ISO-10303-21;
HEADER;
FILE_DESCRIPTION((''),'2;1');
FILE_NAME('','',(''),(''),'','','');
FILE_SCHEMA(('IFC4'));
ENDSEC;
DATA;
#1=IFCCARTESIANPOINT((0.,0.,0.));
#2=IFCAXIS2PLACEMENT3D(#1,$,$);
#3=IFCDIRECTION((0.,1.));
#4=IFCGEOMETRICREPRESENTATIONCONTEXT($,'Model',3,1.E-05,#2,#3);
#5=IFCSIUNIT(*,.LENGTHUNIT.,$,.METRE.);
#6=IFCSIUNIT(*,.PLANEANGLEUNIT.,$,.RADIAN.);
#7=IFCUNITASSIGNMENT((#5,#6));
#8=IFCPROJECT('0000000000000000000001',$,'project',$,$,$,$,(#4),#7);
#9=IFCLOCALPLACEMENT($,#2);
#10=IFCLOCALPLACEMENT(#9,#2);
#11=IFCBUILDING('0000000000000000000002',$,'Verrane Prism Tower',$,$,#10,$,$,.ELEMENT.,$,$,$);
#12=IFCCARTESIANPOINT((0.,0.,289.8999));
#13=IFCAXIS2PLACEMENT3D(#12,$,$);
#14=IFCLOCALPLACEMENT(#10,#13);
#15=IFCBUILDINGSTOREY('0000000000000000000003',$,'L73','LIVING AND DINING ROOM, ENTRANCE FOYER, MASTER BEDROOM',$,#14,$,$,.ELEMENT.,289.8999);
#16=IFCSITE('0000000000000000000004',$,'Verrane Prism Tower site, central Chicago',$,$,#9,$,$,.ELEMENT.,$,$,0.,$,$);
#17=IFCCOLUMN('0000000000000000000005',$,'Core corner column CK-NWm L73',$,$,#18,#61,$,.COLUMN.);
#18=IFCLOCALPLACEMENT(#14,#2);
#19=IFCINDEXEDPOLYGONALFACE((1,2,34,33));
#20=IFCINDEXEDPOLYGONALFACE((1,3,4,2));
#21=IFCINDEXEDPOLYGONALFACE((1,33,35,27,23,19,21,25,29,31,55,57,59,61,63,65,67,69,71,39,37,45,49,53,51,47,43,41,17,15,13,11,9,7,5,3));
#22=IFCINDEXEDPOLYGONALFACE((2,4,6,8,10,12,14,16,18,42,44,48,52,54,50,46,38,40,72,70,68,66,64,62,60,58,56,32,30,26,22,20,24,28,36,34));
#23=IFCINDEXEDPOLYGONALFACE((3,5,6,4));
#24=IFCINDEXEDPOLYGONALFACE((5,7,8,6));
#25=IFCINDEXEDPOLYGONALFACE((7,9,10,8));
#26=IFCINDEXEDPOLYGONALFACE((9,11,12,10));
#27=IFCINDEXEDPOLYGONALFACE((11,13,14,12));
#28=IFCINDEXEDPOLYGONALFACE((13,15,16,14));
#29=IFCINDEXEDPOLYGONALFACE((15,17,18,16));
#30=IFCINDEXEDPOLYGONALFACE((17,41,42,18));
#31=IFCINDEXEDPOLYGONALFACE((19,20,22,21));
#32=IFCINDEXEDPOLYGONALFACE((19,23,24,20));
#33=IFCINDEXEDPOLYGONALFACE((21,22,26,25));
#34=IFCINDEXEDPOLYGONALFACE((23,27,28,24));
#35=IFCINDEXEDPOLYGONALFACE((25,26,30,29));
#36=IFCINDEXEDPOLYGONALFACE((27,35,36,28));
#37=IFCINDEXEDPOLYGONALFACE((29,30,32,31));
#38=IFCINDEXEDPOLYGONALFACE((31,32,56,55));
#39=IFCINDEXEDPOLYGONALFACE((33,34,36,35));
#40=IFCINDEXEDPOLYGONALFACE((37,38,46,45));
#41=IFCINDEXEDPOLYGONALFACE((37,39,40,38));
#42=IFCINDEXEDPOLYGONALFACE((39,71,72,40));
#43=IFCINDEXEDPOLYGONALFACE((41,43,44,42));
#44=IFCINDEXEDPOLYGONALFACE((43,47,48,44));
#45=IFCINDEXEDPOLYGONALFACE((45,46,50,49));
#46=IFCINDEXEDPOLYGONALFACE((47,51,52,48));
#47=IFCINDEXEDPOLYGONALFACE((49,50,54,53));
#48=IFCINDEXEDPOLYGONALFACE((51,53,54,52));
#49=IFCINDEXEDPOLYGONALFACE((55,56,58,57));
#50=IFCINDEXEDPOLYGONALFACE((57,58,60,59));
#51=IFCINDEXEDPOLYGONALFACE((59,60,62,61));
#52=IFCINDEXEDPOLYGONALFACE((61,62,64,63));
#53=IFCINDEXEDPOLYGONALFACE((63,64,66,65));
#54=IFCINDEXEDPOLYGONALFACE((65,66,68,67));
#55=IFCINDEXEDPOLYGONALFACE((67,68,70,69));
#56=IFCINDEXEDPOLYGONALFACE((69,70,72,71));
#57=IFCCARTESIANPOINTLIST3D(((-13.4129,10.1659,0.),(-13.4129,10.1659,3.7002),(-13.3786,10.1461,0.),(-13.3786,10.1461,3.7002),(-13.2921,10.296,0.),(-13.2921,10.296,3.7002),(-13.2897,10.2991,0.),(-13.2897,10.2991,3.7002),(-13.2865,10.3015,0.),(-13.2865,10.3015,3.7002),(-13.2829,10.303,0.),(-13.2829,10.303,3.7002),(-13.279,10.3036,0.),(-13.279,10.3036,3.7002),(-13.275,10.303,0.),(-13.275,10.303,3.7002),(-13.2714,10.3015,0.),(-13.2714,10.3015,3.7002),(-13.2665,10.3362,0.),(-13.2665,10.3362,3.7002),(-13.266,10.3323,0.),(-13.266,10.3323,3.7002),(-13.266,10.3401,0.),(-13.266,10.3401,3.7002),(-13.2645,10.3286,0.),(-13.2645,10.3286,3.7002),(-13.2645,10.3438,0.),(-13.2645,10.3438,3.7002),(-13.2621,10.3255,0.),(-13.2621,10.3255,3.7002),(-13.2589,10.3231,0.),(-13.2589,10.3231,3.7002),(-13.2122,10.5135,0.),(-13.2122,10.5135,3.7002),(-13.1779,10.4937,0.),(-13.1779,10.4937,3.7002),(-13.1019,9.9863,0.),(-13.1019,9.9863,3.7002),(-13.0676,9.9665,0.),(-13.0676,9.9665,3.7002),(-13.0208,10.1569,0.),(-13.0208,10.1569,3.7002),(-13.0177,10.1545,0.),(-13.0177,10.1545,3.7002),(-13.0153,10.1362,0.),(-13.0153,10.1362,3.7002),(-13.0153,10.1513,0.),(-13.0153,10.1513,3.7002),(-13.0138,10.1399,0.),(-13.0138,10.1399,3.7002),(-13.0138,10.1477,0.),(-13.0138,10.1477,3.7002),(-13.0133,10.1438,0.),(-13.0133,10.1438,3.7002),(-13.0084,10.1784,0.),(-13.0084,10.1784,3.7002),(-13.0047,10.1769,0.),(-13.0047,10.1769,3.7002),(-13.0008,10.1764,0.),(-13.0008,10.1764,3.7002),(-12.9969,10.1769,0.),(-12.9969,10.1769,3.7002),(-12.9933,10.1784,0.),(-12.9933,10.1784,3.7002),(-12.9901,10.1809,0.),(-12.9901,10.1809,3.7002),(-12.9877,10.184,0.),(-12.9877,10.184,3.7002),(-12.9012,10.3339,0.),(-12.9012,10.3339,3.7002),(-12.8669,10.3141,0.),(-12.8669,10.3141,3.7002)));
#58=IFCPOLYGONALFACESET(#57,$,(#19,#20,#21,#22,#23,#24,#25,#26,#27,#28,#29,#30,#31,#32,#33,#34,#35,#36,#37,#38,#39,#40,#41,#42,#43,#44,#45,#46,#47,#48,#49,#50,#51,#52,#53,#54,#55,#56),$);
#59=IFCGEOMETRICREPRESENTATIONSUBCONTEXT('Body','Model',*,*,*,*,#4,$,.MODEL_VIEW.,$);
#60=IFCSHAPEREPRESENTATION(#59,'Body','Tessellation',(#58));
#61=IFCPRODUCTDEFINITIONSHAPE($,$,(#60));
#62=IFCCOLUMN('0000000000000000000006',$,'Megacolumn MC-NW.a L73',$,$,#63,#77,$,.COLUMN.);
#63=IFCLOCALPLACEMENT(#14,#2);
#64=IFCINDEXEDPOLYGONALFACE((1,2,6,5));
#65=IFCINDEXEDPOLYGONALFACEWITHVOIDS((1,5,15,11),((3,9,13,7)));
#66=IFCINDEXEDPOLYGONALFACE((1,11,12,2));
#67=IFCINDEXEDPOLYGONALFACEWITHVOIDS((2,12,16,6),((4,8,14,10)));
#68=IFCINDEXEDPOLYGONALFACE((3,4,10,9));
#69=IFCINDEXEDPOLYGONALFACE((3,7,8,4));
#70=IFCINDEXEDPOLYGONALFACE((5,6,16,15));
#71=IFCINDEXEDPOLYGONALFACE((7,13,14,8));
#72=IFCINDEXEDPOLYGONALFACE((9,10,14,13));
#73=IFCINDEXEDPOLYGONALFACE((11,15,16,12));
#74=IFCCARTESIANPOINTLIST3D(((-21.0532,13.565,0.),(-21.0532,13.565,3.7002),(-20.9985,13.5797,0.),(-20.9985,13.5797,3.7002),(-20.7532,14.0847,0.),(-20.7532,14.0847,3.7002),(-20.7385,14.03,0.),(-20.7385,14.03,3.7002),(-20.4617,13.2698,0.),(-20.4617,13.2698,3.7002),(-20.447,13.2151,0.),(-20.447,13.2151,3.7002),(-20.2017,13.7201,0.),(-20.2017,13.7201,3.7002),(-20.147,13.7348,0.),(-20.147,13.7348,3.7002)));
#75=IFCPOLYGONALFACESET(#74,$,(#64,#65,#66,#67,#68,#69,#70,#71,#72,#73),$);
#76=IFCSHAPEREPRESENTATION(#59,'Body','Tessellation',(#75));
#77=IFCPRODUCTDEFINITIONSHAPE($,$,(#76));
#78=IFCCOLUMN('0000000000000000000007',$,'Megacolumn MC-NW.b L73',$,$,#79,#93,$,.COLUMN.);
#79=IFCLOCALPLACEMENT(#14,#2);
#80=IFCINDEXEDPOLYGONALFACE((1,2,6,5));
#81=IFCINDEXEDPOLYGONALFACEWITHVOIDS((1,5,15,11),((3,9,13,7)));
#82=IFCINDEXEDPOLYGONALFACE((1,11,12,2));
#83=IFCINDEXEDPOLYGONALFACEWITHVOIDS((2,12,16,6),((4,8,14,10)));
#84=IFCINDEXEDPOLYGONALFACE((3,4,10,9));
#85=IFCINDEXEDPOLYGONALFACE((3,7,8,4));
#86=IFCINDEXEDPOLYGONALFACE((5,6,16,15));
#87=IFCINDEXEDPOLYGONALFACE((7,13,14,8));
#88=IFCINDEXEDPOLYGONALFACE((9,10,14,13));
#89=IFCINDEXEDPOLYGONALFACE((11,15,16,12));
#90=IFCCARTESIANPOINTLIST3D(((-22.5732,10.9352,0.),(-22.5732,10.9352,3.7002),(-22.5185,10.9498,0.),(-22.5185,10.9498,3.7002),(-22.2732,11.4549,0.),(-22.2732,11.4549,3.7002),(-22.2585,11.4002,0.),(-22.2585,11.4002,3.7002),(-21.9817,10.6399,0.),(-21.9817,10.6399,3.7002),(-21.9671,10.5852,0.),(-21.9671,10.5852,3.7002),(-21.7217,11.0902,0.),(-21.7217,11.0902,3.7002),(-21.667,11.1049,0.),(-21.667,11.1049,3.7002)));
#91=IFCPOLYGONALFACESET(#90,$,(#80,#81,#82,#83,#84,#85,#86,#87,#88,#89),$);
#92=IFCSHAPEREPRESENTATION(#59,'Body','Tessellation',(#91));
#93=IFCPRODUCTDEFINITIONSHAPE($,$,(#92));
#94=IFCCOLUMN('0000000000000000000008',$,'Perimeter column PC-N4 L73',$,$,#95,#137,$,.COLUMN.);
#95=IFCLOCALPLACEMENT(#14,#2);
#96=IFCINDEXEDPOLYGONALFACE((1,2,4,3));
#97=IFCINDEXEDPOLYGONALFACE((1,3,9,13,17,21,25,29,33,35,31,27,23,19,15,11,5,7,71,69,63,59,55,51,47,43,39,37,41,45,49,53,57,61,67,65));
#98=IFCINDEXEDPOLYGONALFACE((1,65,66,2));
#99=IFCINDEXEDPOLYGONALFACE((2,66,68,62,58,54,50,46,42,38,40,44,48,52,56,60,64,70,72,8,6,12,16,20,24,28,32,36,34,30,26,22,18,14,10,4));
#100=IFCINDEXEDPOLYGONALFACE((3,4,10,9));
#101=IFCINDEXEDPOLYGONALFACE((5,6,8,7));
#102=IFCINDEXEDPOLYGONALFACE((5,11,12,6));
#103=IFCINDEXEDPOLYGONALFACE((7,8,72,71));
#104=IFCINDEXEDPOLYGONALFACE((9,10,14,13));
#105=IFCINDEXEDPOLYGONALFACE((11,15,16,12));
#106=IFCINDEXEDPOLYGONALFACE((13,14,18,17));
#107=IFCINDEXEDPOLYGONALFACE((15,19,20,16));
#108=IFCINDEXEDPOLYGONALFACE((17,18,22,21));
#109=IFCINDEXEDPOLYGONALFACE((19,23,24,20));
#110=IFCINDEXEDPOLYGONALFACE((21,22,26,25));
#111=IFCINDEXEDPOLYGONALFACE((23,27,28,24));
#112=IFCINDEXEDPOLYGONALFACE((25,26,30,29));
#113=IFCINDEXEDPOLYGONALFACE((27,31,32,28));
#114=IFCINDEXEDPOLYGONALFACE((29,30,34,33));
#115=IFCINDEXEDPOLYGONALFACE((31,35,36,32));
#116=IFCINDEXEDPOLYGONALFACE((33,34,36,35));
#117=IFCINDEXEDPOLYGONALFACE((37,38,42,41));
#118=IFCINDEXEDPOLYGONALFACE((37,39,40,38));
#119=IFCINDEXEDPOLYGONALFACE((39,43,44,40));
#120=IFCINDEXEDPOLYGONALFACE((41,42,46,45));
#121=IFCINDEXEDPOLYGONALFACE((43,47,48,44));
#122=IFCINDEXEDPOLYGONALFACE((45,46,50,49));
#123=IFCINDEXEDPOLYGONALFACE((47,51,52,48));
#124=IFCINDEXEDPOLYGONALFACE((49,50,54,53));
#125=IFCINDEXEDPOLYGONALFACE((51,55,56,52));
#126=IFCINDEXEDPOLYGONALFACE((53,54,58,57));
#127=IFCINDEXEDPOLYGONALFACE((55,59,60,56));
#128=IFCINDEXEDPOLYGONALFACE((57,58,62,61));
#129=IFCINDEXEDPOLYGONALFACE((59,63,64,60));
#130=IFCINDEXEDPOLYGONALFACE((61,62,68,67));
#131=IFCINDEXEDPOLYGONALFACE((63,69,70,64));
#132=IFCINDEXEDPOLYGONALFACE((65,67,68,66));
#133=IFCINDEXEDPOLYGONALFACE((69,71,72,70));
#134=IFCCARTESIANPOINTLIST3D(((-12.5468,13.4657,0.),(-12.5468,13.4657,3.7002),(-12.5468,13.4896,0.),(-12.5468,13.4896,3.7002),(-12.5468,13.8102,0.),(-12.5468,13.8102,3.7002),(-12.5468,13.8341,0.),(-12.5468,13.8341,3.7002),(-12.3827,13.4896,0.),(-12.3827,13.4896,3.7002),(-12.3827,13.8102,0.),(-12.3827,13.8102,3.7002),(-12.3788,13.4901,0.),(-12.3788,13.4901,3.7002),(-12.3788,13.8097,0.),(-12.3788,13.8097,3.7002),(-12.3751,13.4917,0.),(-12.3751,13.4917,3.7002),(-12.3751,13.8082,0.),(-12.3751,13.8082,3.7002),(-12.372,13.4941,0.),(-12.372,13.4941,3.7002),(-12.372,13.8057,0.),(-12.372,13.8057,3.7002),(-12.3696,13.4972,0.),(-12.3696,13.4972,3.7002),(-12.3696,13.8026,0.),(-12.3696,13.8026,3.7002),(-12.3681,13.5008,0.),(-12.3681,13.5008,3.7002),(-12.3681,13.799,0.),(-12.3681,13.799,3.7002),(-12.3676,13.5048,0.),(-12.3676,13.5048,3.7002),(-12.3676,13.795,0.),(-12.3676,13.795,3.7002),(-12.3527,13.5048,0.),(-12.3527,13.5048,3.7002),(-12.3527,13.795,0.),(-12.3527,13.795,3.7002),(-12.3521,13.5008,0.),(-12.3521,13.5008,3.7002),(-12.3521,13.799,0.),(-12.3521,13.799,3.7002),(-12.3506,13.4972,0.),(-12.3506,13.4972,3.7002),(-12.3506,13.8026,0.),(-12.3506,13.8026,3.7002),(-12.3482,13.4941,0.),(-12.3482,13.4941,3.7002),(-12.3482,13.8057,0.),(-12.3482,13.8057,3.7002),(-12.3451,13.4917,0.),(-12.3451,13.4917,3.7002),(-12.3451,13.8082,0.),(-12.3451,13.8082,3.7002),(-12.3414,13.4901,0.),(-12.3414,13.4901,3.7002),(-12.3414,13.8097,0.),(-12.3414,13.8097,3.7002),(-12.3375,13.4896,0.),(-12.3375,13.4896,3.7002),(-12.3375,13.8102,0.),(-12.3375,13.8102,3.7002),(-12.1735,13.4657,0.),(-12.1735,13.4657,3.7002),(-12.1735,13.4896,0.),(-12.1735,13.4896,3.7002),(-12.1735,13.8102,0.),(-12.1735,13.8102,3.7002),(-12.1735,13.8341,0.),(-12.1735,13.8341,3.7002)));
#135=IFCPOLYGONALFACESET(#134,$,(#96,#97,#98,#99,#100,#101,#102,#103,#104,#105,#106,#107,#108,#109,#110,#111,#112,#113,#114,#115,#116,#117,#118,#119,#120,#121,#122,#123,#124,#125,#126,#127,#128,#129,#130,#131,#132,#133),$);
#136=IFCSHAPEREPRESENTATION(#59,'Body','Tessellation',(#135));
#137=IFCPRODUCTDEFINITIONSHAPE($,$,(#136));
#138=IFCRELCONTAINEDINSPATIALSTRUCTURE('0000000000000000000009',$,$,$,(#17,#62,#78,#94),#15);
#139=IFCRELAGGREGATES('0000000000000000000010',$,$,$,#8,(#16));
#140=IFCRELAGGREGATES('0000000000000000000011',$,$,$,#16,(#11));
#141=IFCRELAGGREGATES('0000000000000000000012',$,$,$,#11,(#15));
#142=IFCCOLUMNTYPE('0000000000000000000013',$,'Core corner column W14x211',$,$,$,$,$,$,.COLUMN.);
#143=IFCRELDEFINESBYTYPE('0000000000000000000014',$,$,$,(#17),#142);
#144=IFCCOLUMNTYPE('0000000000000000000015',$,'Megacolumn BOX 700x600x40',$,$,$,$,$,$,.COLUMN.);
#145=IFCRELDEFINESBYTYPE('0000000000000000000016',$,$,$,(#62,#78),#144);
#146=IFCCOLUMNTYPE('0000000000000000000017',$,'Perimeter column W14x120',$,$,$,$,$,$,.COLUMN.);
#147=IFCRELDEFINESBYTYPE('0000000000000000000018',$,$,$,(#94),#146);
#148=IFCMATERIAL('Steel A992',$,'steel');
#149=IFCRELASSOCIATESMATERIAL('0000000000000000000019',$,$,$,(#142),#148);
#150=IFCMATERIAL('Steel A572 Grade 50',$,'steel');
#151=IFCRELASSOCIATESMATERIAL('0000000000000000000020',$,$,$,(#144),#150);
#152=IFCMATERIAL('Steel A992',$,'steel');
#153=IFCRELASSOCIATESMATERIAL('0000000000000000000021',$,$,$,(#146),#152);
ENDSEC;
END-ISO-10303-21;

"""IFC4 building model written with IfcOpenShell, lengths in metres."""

from ifc_helpers import new_model, si_unit, direction, frame, origin, origin_2d, place, context, subcontext, project, spatial, hollow_rectangle, i_section, extrude, material, material_profile, profile_set, type_object, element, save


model = new_model("IFC4")

# Units and contexts
model_context = context("Model", 3, precision=1e-05, world=origin(), true_north=direction((0.0, 1.0)))
body_context = subcontext(model_context, "Body", "Model", "MODEL_VIEW")
ifc_project = project(units=[si_unit("LENGTHUNIT", "METRE"), si_unit("PLANEANGLEUNIT", "RADIAN")], contexts=[model_context])

# Site, building, storey
site_placement = place(None, origin())
site = spatial("IfcSite", under=ifc_project, at=site_placement, Name="Verrane Prism Tower site, central Chicago", CompositionType="ELEMENT", RefElevation=0.0)
building_placement = place(site_placement, origin())
building = spatial("IfcBuilding", under=site, at=building_placement, Name="Verrane Prism Tower", CompositionType="ELEMENT")
storey_placement = place(building_placement, frame((0.0, 0.0, 289.8999)))
storey = spatial("IfcBuildingStorey", under=building, at=storey_placement, Name="L73", Description="LIVING AND DINING ROOM, ENTRANCE FOYER, MASTER BEDROOM", CompositionType="ELEMENT", Elevation=289.8999)

# Columns
ifc_material_1 = material(Name="Steel A992", Category="steel")
ifc_material_profile_1 = material_profile(ifc_material_1, i_section(OverallWidth=0.4014, OverallDepth=0.3987, WebThickness=0.0249, FlangeThickness=0.0396, FilletRadius=0.0151, at=origin_2d()), Name="W14x211")
ifc_profile_set_1 = profile_set([ifc_material_profile_1], Name="Steel A992")
column_type_1 = type_object("IfcColumnType", Name="Core corner column W14x211", PredefinedType="COLUMN", material=ifc_profile_set_1)
column_1_placement = place(storey_placement, frame((-13.1399, 10.24, 0.0), z_axis=(0.0, 0.0, 1.0), x_axis=(0.5, 0.866025, 0.0)))
element("IfcColumn", 1, at=column_1_placement, inside=storey, type_object=column_type_1, Name="Core corner column CK-NWm L73", PredefinedType="COLUMN", context=body_context, shape_type="SweptSolid", body=[
    extrude(i_section(OverallWidth=0.4014, OverallDepth=0.3987, WebThickness=0.0249, FlangeThickness=0.0396, FilletRadius=0.0151, at=origin_2d()), origin(), (0.0, 0.0, 1.0), 3.7002),
])
ifc_material_2 = material(Name="Steel A572 Grade 50", Category="steel")
ifc_material_profile_2 = material_profile(ifc_material_2, hollow_rectangle(XDim=0.6001, YDim=0.7, WallThickness=0.04, at=origin_2d()), Name="BOX 700x600x40")
ifc_profile_set_2 = profile_set([ifc_material_profile_2], Name="Steel A572 Grade 50")
column_type_2 = type_object("IfcColumnType", Name="Megacolumn BOX 700x600x40", PredefinedType="COLUMN", material=ifc_profile_set_2)
for number, where, z_axis, x_axis, name in (
    (2, (-20.6001, 13.6499, 0.0), (0.0, 0.0, 1.0), (0.5, 0.866025, 0.0), "Megacolumn MC-NW.a L73"),
    (3, (-22.1201, 11.02, 0.0), (0.0, 0.0, 1.0), (0.5, 0.866025, 0.0), "Megacolumn MC-NW.b L73"),
):
    element("IfcColumn", number, at=place(storey_placement, frame(where, z_axis=z_axis, x_axis=x_axis)), inside=storey, type_object=column_type_2, Name=name, PredefinedType="COLUMN", context=body_context, shape_type="SweptSolid", body=[
        extrude(hollow_rectangle(XDim=0.6001, YDim=0.7, WallThickness=0.04, at=origin_2d()), origin(), (0.0, 0.0, 1.0), 3.7002),
    ])
ifc_material_3 = material(Name="Steel A992", Category="steel")
ifc_material_profile_3 = material_profile(ifc_material_3, i_section(OverallWidth=0.3733, OverallDepth=0.3684, WebThickness=0.0149, FlangeThickness=0.0239, FilletRadius=0.0151, at=origin_2d()), Name="W14x120")
ifc_profile_set_3 = profile_set([ifc_material_profile_3], Name="Steel A992")
column_type_3 = type_object("IfcColumnType", Name="Perimeter column W14x120", PredefinedType="COLUMN", material=ifc_profile_set_3)
column_2_placement = place(storey_placement, frame((-12.3601, 13.6499, 0.0), z_axis=(0.0, 0.0, 1.0), x_axis=(1.0, 0.0, 0.0)))
element("IfcColumn", 4, at=column_2_placement, inside=storey, type_object=column_type_3, Name="Perimeter column PC-N4 L73", PredefinedType="COLUMN", context=body_context, shape_type="SweptSolid", body=[
    extrude(i_section(OverallWidth=0.3733, OverallDepth=0.3684, WebThickness=0.0149, FlangeThickness=0.0239, FilletRadius=0.0151, at=origin_2d()), origin(), (0.0, 0.0, 1.0), 3.7002),
])

save(model, "model.ifc")
